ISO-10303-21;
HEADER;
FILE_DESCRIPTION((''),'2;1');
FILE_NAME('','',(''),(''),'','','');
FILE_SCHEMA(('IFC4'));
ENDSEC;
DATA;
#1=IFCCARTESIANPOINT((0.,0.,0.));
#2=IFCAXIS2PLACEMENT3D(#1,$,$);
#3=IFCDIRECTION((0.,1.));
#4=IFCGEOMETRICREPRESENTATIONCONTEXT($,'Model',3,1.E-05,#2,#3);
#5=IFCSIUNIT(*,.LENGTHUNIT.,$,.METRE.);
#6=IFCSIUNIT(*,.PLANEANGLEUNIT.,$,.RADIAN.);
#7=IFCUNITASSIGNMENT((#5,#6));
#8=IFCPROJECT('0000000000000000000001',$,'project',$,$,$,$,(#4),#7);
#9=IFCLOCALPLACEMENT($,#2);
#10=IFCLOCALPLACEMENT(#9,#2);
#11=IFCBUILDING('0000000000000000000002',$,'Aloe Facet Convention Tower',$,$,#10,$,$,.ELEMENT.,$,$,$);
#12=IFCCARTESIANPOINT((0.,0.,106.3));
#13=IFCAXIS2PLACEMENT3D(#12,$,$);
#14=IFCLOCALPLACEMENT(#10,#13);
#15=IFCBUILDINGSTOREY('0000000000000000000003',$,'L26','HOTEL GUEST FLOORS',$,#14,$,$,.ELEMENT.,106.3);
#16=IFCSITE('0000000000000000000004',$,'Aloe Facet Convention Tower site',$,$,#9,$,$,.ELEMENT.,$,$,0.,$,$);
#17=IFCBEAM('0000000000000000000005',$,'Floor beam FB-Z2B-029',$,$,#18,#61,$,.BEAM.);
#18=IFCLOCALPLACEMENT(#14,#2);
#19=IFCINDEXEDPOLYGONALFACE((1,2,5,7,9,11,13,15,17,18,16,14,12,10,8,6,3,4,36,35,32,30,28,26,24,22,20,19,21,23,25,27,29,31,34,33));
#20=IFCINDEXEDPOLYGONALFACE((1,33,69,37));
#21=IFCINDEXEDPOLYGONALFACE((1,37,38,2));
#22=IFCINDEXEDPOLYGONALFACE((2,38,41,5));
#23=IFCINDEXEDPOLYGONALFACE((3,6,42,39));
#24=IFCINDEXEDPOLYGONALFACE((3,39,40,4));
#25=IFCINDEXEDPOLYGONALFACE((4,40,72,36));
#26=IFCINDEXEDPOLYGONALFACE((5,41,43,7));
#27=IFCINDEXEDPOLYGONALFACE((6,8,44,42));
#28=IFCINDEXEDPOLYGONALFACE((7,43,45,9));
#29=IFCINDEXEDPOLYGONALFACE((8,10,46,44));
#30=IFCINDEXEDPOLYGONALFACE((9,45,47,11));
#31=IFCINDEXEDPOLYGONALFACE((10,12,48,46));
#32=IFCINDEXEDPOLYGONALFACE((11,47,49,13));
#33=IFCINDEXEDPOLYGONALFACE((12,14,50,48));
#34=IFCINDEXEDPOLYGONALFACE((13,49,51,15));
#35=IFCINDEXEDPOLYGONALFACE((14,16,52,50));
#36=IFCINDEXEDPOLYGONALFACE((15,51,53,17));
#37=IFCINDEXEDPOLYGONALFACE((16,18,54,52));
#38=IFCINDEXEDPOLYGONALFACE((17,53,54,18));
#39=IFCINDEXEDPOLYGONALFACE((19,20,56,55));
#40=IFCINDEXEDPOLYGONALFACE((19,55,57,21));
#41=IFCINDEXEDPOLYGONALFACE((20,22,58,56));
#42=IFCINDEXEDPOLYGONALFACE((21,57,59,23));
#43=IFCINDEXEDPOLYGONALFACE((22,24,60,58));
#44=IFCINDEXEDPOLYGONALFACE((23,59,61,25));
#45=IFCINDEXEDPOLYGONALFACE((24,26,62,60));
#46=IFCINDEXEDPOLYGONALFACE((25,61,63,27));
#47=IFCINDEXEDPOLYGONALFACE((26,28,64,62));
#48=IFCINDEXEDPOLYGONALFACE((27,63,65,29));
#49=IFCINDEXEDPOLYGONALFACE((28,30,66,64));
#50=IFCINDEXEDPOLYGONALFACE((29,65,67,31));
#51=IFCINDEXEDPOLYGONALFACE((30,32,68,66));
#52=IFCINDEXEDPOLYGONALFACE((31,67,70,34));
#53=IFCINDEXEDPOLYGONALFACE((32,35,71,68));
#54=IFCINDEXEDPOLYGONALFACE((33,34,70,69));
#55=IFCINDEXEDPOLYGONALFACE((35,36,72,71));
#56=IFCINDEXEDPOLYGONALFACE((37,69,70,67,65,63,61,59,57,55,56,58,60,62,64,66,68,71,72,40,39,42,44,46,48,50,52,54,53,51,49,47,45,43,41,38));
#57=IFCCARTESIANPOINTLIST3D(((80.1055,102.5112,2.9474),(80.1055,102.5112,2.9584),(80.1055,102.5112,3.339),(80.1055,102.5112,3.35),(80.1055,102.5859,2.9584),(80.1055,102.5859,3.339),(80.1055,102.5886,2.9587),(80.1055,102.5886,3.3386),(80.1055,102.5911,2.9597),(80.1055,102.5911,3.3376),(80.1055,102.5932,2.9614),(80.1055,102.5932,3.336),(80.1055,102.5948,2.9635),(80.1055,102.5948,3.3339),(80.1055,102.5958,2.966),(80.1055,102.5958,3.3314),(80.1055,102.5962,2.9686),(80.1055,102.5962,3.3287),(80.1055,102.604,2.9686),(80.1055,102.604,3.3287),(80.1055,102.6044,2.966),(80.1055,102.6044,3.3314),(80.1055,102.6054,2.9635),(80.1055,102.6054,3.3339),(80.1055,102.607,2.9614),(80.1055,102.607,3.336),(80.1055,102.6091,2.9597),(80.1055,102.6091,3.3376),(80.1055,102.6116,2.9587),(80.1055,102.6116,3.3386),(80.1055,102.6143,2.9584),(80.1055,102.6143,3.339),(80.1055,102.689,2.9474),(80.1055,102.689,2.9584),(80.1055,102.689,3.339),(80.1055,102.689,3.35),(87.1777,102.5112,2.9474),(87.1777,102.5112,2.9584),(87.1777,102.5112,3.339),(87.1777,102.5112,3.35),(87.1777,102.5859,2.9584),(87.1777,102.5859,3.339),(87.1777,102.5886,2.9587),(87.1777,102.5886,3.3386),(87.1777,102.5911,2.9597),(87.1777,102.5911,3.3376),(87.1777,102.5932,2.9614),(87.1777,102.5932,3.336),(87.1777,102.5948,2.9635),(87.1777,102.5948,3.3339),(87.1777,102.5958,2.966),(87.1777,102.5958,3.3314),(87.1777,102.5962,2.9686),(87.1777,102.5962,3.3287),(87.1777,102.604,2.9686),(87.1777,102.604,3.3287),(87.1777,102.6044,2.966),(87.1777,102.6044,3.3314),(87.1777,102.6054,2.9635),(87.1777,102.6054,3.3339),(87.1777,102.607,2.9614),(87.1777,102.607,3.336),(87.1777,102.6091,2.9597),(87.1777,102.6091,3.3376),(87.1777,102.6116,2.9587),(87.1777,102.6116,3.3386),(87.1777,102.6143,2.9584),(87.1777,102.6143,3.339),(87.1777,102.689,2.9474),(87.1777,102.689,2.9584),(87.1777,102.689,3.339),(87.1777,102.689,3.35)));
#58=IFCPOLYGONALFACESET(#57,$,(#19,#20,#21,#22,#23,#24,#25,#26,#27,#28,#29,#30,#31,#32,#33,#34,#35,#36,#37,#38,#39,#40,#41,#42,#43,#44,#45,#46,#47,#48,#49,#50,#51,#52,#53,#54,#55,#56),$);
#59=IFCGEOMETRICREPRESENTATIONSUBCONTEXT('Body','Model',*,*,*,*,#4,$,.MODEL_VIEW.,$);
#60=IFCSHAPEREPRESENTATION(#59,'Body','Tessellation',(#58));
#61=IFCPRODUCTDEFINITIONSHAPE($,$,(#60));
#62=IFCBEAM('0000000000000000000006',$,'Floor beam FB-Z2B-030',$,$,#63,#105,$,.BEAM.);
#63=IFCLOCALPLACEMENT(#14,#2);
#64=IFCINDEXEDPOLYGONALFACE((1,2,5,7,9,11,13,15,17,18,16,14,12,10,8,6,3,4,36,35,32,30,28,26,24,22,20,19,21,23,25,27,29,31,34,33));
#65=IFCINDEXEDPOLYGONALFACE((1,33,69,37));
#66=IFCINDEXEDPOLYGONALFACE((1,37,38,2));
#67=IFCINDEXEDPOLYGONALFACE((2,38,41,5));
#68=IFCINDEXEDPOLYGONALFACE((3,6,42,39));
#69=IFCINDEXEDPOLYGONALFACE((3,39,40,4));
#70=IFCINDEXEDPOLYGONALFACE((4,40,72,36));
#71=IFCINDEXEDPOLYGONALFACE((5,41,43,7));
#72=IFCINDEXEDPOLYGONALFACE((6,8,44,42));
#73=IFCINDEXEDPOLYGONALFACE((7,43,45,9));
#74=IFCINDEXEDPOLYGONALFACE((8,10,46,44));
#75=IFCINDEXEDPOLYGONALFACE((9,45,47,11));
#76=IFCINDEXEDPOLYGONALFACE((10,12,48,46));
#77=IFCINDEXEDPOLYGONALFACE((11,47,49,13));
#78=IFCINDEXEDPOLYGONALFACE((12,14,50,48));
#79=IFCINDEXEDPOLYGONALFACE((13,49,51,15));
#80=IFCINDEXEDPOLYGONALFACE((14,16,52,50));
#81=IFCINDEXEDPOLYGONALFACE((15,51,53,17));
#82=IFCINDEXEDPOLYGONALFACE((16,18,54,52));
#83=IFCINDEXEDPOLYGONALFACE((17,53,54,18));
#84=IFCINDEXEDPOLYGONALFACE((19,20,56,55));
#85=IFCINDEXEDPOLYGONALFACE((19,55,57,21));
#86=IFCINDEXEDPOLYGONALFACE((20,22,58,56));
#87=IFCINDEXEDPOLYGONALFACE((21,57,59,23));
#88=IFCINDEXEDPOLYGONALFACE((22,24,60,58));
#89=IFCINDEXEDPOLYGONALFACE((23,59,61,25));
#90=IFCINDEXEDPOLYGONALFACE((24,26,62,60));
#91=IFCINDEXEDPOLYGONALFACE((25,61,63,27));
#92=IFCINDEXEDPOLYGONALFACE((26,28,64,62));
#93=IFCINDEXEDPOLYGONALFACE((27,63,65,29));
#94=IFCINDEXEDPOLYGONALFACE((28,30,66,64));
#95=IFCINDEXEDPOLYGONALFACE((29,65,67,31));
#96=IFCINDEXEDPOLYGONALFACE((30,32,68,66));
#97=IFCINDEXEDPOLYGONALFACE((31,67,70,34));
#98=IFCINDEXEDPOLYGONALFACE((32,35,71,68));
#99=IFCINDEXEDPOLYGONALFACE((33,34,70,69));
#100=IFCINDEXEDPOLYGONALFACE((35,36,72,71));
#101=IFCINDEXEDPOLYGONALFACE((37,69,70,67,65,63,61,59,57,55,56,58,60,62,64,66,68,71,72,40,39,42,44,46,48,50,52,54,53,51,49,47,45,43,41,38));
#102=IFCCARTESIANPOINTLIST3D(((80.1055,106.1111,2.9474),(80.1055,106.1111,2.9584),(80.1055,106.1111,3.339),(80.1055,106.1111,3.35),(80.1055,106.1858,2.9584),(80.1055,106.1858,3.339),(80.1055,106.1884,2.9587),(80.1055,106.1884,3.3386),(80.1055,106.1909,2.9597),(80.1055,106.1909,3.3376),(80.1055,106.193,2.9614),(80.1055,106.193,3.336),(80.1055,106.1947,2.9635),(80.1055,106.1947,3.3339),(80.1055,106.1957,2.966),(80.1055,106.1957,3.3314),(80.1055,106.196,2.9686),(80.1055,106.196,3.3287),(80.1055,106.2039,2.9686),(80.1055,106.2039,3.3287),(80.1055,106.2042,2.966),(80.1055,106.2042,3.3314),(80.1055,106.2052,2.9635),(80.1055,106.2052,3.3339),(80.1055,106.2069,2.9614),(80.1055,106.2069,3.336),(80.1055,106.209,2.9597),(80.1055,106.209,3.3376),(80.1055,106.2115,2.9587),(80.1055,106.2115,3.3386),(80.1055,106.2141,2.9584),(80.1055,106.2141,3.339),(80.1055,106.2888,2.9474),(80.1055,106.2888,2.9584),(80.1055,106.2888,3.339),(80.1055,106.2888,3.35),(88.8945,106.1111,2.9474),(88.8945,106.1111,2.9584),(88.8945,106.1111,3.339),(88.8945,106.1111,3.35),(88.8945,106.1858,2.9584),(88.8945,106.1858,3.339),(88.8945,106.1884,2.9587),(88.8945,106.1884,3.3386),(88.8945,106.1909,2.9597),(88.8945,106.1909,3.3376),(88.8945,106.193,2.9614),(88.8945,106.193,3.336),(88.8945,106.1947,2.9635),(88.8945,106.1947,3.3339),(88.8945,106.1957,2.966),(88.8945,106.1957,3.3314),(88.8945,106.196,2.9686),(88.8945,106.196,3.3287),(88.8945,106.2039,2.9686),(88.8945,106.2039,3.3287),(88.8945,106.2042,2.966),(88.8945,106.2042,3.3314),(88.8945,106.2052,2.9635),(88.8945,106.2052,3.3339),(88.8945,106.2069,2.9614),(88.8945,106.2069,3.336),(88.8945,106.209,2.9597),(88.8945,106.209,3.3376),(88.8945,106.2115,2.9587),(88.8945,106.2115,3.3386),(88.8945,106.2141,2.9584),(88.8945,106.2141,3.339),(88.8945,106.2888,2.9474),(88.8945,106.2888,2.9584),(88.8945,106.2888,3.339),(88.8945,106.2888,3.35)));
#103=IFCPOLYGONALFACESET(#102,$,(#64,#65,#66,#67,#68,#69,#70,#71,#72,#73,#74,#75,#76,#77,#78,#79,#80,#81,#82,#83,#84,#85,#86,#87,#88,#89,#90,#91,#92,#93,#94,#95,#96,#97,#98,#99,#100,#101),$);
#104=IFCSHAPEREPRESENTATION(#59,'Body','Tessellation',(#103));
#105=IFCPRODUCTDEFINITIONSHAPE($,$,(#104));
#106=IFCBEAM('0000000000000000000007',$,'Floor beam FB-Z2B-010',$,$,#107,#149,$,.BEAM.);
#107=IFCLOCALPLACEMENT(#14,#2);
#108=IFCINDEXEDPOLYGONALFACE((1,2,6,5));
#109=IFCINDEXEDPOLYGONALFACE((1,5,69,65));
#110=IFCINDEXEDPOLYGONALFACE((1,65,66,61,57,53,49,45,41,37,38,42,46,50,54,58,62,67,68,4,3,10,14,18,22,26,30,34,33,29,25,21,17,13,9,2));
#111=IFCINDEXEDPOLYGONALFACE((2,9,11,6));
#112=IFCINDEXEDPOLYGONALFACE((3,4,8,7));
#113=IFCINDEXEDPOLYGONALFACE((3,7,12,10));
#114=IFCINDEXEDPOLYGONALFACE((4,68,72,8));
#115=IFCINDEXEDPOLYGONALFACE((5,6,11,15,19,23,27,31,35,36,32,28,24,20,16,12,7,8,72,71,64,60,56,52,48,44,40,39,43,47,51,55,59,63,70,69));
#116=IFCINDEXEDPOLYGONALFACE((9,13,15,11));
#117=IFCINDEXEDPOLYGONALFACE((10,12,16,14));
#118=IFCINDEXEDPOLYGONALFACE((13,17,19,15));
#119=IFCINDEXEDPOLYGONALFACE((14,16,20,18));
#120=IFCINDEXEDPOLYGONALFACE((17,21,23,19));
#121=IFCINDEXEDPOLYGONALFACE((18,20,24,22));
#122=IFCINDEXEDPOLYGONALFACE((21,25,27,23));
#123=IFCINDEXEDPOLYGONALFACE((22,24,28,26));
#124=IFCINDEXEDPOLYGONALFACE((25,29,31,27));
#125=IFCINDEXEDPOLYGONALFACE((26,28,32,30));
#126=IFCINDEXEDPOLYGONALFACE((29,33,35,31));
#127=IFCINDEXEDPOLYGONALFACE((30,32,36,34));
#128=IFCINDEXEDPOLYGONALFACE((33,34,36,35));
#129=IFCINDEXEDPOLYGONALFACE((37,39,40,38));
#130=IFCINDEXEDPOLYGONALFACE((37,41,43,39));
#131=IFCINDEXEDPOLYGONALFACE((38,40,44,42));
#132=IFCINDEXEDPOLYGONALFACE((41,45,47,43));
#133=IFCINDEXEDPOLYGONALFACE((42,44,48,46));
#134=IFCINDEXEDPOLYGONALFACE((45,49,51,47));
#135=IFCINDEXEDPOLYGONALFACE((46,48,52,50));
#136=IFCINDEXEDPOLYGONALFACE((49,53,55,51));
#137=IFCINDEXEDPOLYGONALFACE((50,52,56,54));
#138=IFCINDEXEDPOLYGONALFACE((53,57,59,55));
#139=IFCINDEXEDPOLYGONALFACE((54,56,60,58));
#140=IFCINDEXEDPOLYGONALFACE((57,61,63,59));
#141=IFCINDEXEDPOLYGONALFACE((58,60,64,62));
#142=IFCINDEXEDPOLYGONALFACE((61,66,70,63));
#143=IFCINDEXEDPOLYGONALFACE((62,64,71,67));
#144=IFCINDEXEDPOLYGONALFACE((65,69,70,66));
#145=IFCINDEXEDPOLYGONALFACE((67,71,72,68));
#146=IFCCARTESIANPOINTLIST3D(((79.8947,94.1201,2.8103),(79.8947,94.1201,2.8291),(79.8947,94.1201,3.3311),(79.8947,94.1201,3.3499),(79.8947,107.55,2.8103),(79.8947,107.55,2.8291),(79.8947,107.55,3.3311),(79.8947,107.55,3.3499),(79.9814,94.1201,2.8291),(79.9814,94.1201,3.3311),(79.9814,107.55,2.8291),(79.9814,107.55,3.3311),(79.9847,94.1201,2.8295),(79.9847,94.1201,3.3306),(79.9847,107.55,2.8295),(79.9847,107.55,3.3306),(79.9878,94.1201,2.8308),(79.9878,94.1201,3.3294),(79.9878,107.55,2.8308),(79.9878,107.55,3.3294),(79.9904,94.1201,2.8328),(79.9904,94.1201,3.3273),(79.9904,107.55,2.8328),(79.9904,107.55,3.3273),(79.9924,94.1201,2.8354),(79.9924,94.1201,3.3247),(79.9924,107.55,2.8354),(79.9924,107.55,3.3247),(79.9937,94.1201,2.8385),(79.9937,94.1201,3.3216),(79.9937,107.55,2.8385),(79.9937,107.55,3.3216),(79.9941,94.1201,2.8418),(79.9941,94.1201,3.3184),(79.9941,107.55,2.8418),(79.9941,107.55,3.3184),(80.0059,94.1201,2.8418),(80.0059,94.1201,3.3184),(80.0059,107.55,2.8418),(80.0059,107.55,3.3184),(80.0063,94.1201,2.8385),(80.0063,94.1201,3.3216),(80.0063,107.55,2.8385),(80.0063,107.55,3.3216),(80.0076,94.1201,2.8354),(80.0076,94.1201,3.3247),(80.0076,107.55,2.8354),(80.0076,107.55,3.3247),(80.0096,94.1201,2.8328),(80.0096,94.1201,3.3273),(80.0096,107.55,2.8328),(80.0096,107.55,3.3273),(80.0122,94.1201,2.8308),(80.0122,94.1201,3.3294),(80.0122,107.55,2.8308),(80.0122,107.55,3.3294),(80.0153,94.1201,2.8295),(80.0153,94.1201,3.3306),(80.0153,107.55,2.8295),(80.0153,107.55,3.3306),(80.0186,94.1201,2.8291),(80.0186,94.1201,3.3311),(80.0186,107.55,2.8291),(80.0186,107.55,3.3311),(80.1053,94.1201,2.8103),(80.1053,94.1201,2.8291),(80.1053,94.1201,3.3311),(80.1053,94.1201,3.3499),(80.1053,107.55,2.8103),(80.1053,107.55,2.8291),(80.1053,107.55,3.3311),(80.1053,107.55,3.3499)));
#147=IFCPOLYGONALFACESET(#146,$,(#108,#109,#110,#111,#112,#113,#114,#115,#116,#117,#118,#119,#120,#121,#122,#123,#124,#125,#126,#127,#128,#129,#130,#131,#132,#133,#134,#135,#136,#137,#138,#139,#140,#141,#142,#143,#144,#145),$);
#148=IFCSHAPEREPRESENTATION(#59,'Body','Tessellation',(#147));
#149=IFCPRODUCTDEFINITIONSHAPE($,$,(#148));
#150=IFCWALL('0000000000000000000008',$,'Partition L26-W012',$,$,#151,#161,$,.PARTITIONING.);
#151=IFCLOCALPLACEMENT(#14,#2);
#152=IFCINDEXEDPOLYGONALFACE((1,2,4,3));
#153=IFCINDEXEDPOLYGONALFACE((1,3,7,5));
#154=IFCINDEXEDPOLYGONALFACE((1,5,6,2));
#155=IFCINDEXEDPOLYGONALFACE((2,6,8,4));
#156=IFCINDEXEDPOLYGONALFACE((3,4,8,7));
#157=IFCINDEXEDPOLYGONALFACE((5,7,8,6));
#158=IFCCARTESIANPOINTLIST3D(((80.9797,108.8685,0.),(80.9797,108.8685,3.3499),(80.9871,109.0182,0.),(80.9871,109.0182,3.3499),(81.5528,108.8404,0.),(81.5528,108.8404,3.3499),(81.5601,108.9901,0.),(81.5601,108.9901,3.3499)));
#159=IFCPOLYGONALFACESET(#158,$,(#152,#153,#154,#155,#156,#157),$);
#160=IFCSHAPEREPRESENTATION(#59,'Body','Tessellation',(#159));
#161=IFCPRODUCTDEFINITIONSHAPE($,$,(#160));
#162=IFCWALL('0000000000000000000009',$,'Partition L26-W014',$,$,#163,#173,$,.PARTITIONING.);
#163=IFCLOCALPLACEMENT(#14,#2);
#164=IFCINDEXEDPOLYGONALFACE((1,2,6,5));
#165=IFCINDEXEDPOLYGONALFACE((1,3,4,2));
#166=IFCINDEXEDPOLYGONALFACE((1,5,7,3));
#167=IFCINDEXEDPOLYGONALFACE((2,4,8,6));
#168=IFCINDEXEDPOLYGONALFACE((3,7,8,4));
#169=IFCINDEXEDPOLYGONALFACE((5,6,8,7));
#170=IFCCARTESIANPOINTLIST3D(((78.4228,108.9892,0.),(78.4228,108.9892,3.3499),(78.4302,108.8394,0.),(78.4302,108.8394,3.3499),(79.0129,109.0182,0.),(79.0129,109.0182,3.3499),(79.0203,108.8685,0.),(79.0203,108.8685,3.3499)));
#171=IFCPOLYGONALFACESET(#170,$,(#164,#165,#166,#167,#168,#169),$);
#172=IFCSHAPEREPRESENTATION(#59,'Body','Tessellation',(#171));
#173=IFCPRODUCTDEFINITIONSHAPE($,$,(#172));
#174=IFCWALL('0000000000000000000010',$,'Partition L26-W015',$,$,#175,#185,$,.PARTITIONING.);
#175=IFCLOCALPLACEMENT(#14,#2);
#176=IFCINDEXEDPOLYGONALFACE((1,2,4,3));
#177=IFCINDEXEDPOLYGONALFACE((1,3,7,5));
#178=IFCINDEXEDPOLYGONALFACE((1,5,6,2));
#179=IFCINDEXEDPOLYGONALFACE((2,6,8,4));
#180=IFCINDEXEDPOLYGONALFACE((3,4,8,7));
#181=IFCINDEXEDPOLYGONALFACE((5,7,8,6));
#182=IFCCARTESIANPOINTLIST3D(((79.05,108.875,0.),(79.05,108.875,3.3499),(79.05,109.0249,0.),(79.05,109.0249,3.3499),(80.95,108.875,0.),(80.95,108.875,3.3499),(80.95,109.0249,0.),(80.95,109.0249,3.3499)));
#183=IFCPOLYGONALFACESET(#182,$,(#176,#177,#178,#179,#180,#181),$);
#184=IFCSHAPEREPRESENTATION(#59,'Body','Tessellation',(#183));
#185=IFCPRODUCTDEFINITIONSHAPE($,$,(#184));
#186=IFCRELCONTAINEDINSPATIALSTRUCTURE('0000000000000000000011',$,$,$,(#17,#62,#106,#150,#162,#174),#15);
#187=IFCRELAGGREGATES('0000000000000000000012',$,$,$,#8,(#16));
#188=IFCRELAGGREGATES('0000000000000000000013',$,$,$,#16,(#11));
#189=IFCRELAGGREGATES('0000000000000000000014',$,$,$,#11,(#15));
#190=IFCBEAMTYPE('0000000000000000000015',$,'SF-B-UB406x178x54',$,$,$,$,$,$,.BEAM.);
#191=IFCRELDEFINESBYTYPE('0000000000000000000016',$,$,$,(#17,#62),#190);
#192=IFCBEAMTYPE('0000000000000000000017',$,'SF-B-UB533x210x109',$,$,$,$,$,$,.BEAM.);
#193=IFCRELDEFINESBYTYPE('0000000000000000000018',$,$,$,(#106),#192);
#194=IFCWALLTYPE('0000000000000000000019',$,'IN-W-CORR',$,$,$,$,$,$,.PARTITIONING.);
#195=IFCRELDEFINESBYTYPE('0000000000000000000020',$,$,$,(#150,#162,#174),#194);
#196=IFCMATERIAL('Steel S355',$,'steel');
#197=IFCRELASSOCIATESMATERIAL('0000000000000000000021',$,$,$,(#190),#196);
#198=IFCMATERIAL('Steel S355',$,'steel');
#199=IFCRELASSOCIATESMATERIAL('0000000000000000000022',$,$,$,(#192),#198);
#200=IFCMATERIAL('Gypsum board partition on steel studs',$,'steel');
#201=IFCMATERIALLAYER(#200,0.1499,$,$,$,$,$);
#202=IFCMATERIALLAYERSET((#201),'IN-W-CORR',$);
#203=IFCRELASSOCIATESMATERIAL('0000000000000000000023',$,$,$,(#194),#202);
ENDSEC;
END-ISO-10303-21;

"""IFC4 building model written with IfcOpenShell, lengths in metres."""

from ifc_helpers import new_model, si_unit, direction, frame, frame_2d, origin, origin_2d, place, context, subcontext, project, spatial, rectangle, i_section, extrude, material, layer, layer_set, material_profile, profile_set, type_object, element, save


model = new_model("IFC4")

# Units and contexts
model_context = context("Model", 3, precision=1e-05, world=origin(), true_north=direction((0.0, 1.0)))
body_context = subcontext(model_context, "Body", "Model", "MODEL_VIEW")
ifc_project = project(units=[si_unit("LENGTHUNIT", "METRE"), si_unit("PLANEANGLEUNIT", "RADIAN")], contexts=[model_context])

# Site, building, storey
site_placement = place(None, origin())
site = spatial("IfcSite", under=ifc_project, at=site_placement, Name="Aloe Facet Convention Tower site", CompositionType="ELEMENT", RefElevation=0.0)
building_placement = place(site_placement, origin())
building = spatial("IfcBuilding", under=site, at=building_placement, Name="Aloe Facet Convention Tower", CompositionType="ELEMENT")
storey_placement = place(building_placement, frame((0.0, 0.0, 106.3)))
storey = spatial("IfcBuildingStorey", under=building, at=storey_placement, Name="L26", Description="HOTEL GUEST FLOORS", CompositionType="ELEMENT", Elevation=106.3)

# Beams
ifc_material_1 = material(Name="Steel S355", Category="steel")
ifc_material_profile_1 = material_profile(ifc_material_1, i_section(OverallWidth=0.1777, OverallDepth=0.4026, WebThickness=0.0078, FlangeThickness=0.011, FilletRadius=0.0103, at=origin_2d()), Name="UB 406x178x54")
ifc_profile_set_1 = profile_set([ifc_material_profile_1], Name="Steel S355")
beam_type_1 = type_object("IfcBeamType", Name="SF-B-UB406x178x54", PredefinedType="BEAM", material=ifc_profile_set_1)
beam_1_placement = place(storey_placement, frame((80.1055, 102.6001, 3.1487), z_axis=(1.0, 0.0, 0.0), x_axis=(0.0, 1.0, 0.0)))
element("IfcBeam", 1, at=beam_1_placement, inside=storey, type_object=beam_type_1, Name="Floor beam FB-Z2B-029", PredefinedType="BEAM", context=body_context, shape_type="SweptSolid", body=[
    extrude(i_section(OverallWidth=0.1777, OverallDepth=0.4026, WebThickness=0.0078, FlangeThickness=0.011, FilletRadius=0.0103, at=origin_2d()), origin(), (0.0, 0.0, 1.0), 7.0723),
])
beam_2_placement = place(storey_placement, frame((80.1055, 106.2, 3.1487), z_axis=(1.0, 0.0, 0.0), x_axis=(0.0, 1.0, 0.0)))
element("IfcBeam", 2, at=beam_2_placement, inside=storey, type_object=beam_type_1, Name="Floor beam FB-Z2B-030", PredefinedType="BEAM", context=body_context, shape_type="SweptSolid", body=[
    extrude(i_section(OverallWidth=0.1777, OverallDepth=0.4026, WebThickness=0.0078, FlangeThickness=0.011, FilletRadius=0.0103, at=origin_2d()), origin(), (0.0, 0.0, 1.0), 8.7891),
])
ifc_material_2 = material(Name="Steel S355", Category="steel")
ifc_material_profile_2 = material_profile(ifc_material_2, i_section(OverallWidth=0.2107, OverallDepth=0.5396, WebThickness=0.0117, FlangeThickness=0.0188, FilletRadius=0.0127, at=origin_2d()), Name="UB 533x210x109")
ifc_profile_set_2 = profile_set([ifc_material_profile_2], Name="Steel S355")
beam_type_2 = type_object("IfcBeamType", Name="SF-B-UB533x210x109", PredefinedType="BEAM", material=ifc_profile_set_2)
beam_3_placement = place(storey_placement, frame((80.0, 107.55, 3.0801), z_axis=(0.0, -1.0, 0.0), x_axis=(1.0, 0.0, 0.0)))
element("IfcBeam", 3, at=beam_3_placement, inside=storey, type_object=beam_type_2, Name="Floor beam FB-Z2B-010", PredefinedType="BEAM", context=body_context, shape_type="SweptSolid", body=[
    extrude(i_section(OverallWidth=0.2107, OverallDepth=0.5396, WebThickness=0.0117, FlangeThickness=0.0188, FilletRadius=0.0127, at=origin_2d()), origin(), (0.0, 0.0, 1.0), 13.4299),
])

# Walls
ifc_material_3 = material(Name="Gypsum board partition on steel studs", Category="steel")
ifc_layer_1 = layer(ifc_material_3, 0.1499)
ifc_layer_set_1 = layer_set([ifc_layer_1], Name="IN-W-CORR")
wall_type_1 = type_object("IfcWallType", Name="IN-W-CORR", PredefinedType="PARTITIONING", material=ifc_layer_set_1)
wall_1_placement = place(storey_placement, frame((80.9834, 108.9434, 0.0), z_axis=(0.0, 0.0, 1.0), x_axis=(0.998802, -0.04894, 0.0)))
element("IfcWall", 4, at=wall_1_placement, inside=storey, type_object=wall_type_1, Name="Partition L26-W012", PredefinedType="PARTITIONING", context=body_context, shape_type="SweptSolid", body=[
    extrude(rectangle(XDim=0.5737, YDim=0.1499, at=frame_2d((0.2869, 0.0))), origin(), (0.0, 0.0, 1.0), 3.3499),
])
wall_2_placement = place(storey_placement, frame((78.4265, 108.9143, 0.0), z_axis=(0.0, 0.0, 1.0), x_axis=(0.99879, 0.049175, 0.0)))
element("IfcWall", 5, at=wall_2_placement, inside=storey, type_object=wall_type_1, Name="Partition L26-W014", PredefinedType="PARTITIONING", context=body_context, shape_type="SweptSolid", body=[
    extrude(rectangle(XDim=0.5908, YDim=0.1499, at=frame_2d((0.2954, 0.0))), origin(), (0.0, 0.0, 1.0), 3.3499),
])
wall_3_placement = place(storey_placement, frame((79.05, 108.95, 0.0), z_axis=(0.0, 0.0, 1.0), x_axis=(1.0, 0.0, 0.0)))
element("IfcWall", 6, at=wall_3_placement, inside=storey, type_object=wall_type_1, Name="Partition L26-W015", PredefinedType="PARTITIONING", context=body_context, shape_type="SweptSolid", body=[
    extrude(rectangle(XDim=1.8999, YDim=0.1499, at=frame_2d((0.95, 0.0))), origin(), (0.0, 0.0, 1.0), 3.3499),
])

save(model, "model.ifc")
